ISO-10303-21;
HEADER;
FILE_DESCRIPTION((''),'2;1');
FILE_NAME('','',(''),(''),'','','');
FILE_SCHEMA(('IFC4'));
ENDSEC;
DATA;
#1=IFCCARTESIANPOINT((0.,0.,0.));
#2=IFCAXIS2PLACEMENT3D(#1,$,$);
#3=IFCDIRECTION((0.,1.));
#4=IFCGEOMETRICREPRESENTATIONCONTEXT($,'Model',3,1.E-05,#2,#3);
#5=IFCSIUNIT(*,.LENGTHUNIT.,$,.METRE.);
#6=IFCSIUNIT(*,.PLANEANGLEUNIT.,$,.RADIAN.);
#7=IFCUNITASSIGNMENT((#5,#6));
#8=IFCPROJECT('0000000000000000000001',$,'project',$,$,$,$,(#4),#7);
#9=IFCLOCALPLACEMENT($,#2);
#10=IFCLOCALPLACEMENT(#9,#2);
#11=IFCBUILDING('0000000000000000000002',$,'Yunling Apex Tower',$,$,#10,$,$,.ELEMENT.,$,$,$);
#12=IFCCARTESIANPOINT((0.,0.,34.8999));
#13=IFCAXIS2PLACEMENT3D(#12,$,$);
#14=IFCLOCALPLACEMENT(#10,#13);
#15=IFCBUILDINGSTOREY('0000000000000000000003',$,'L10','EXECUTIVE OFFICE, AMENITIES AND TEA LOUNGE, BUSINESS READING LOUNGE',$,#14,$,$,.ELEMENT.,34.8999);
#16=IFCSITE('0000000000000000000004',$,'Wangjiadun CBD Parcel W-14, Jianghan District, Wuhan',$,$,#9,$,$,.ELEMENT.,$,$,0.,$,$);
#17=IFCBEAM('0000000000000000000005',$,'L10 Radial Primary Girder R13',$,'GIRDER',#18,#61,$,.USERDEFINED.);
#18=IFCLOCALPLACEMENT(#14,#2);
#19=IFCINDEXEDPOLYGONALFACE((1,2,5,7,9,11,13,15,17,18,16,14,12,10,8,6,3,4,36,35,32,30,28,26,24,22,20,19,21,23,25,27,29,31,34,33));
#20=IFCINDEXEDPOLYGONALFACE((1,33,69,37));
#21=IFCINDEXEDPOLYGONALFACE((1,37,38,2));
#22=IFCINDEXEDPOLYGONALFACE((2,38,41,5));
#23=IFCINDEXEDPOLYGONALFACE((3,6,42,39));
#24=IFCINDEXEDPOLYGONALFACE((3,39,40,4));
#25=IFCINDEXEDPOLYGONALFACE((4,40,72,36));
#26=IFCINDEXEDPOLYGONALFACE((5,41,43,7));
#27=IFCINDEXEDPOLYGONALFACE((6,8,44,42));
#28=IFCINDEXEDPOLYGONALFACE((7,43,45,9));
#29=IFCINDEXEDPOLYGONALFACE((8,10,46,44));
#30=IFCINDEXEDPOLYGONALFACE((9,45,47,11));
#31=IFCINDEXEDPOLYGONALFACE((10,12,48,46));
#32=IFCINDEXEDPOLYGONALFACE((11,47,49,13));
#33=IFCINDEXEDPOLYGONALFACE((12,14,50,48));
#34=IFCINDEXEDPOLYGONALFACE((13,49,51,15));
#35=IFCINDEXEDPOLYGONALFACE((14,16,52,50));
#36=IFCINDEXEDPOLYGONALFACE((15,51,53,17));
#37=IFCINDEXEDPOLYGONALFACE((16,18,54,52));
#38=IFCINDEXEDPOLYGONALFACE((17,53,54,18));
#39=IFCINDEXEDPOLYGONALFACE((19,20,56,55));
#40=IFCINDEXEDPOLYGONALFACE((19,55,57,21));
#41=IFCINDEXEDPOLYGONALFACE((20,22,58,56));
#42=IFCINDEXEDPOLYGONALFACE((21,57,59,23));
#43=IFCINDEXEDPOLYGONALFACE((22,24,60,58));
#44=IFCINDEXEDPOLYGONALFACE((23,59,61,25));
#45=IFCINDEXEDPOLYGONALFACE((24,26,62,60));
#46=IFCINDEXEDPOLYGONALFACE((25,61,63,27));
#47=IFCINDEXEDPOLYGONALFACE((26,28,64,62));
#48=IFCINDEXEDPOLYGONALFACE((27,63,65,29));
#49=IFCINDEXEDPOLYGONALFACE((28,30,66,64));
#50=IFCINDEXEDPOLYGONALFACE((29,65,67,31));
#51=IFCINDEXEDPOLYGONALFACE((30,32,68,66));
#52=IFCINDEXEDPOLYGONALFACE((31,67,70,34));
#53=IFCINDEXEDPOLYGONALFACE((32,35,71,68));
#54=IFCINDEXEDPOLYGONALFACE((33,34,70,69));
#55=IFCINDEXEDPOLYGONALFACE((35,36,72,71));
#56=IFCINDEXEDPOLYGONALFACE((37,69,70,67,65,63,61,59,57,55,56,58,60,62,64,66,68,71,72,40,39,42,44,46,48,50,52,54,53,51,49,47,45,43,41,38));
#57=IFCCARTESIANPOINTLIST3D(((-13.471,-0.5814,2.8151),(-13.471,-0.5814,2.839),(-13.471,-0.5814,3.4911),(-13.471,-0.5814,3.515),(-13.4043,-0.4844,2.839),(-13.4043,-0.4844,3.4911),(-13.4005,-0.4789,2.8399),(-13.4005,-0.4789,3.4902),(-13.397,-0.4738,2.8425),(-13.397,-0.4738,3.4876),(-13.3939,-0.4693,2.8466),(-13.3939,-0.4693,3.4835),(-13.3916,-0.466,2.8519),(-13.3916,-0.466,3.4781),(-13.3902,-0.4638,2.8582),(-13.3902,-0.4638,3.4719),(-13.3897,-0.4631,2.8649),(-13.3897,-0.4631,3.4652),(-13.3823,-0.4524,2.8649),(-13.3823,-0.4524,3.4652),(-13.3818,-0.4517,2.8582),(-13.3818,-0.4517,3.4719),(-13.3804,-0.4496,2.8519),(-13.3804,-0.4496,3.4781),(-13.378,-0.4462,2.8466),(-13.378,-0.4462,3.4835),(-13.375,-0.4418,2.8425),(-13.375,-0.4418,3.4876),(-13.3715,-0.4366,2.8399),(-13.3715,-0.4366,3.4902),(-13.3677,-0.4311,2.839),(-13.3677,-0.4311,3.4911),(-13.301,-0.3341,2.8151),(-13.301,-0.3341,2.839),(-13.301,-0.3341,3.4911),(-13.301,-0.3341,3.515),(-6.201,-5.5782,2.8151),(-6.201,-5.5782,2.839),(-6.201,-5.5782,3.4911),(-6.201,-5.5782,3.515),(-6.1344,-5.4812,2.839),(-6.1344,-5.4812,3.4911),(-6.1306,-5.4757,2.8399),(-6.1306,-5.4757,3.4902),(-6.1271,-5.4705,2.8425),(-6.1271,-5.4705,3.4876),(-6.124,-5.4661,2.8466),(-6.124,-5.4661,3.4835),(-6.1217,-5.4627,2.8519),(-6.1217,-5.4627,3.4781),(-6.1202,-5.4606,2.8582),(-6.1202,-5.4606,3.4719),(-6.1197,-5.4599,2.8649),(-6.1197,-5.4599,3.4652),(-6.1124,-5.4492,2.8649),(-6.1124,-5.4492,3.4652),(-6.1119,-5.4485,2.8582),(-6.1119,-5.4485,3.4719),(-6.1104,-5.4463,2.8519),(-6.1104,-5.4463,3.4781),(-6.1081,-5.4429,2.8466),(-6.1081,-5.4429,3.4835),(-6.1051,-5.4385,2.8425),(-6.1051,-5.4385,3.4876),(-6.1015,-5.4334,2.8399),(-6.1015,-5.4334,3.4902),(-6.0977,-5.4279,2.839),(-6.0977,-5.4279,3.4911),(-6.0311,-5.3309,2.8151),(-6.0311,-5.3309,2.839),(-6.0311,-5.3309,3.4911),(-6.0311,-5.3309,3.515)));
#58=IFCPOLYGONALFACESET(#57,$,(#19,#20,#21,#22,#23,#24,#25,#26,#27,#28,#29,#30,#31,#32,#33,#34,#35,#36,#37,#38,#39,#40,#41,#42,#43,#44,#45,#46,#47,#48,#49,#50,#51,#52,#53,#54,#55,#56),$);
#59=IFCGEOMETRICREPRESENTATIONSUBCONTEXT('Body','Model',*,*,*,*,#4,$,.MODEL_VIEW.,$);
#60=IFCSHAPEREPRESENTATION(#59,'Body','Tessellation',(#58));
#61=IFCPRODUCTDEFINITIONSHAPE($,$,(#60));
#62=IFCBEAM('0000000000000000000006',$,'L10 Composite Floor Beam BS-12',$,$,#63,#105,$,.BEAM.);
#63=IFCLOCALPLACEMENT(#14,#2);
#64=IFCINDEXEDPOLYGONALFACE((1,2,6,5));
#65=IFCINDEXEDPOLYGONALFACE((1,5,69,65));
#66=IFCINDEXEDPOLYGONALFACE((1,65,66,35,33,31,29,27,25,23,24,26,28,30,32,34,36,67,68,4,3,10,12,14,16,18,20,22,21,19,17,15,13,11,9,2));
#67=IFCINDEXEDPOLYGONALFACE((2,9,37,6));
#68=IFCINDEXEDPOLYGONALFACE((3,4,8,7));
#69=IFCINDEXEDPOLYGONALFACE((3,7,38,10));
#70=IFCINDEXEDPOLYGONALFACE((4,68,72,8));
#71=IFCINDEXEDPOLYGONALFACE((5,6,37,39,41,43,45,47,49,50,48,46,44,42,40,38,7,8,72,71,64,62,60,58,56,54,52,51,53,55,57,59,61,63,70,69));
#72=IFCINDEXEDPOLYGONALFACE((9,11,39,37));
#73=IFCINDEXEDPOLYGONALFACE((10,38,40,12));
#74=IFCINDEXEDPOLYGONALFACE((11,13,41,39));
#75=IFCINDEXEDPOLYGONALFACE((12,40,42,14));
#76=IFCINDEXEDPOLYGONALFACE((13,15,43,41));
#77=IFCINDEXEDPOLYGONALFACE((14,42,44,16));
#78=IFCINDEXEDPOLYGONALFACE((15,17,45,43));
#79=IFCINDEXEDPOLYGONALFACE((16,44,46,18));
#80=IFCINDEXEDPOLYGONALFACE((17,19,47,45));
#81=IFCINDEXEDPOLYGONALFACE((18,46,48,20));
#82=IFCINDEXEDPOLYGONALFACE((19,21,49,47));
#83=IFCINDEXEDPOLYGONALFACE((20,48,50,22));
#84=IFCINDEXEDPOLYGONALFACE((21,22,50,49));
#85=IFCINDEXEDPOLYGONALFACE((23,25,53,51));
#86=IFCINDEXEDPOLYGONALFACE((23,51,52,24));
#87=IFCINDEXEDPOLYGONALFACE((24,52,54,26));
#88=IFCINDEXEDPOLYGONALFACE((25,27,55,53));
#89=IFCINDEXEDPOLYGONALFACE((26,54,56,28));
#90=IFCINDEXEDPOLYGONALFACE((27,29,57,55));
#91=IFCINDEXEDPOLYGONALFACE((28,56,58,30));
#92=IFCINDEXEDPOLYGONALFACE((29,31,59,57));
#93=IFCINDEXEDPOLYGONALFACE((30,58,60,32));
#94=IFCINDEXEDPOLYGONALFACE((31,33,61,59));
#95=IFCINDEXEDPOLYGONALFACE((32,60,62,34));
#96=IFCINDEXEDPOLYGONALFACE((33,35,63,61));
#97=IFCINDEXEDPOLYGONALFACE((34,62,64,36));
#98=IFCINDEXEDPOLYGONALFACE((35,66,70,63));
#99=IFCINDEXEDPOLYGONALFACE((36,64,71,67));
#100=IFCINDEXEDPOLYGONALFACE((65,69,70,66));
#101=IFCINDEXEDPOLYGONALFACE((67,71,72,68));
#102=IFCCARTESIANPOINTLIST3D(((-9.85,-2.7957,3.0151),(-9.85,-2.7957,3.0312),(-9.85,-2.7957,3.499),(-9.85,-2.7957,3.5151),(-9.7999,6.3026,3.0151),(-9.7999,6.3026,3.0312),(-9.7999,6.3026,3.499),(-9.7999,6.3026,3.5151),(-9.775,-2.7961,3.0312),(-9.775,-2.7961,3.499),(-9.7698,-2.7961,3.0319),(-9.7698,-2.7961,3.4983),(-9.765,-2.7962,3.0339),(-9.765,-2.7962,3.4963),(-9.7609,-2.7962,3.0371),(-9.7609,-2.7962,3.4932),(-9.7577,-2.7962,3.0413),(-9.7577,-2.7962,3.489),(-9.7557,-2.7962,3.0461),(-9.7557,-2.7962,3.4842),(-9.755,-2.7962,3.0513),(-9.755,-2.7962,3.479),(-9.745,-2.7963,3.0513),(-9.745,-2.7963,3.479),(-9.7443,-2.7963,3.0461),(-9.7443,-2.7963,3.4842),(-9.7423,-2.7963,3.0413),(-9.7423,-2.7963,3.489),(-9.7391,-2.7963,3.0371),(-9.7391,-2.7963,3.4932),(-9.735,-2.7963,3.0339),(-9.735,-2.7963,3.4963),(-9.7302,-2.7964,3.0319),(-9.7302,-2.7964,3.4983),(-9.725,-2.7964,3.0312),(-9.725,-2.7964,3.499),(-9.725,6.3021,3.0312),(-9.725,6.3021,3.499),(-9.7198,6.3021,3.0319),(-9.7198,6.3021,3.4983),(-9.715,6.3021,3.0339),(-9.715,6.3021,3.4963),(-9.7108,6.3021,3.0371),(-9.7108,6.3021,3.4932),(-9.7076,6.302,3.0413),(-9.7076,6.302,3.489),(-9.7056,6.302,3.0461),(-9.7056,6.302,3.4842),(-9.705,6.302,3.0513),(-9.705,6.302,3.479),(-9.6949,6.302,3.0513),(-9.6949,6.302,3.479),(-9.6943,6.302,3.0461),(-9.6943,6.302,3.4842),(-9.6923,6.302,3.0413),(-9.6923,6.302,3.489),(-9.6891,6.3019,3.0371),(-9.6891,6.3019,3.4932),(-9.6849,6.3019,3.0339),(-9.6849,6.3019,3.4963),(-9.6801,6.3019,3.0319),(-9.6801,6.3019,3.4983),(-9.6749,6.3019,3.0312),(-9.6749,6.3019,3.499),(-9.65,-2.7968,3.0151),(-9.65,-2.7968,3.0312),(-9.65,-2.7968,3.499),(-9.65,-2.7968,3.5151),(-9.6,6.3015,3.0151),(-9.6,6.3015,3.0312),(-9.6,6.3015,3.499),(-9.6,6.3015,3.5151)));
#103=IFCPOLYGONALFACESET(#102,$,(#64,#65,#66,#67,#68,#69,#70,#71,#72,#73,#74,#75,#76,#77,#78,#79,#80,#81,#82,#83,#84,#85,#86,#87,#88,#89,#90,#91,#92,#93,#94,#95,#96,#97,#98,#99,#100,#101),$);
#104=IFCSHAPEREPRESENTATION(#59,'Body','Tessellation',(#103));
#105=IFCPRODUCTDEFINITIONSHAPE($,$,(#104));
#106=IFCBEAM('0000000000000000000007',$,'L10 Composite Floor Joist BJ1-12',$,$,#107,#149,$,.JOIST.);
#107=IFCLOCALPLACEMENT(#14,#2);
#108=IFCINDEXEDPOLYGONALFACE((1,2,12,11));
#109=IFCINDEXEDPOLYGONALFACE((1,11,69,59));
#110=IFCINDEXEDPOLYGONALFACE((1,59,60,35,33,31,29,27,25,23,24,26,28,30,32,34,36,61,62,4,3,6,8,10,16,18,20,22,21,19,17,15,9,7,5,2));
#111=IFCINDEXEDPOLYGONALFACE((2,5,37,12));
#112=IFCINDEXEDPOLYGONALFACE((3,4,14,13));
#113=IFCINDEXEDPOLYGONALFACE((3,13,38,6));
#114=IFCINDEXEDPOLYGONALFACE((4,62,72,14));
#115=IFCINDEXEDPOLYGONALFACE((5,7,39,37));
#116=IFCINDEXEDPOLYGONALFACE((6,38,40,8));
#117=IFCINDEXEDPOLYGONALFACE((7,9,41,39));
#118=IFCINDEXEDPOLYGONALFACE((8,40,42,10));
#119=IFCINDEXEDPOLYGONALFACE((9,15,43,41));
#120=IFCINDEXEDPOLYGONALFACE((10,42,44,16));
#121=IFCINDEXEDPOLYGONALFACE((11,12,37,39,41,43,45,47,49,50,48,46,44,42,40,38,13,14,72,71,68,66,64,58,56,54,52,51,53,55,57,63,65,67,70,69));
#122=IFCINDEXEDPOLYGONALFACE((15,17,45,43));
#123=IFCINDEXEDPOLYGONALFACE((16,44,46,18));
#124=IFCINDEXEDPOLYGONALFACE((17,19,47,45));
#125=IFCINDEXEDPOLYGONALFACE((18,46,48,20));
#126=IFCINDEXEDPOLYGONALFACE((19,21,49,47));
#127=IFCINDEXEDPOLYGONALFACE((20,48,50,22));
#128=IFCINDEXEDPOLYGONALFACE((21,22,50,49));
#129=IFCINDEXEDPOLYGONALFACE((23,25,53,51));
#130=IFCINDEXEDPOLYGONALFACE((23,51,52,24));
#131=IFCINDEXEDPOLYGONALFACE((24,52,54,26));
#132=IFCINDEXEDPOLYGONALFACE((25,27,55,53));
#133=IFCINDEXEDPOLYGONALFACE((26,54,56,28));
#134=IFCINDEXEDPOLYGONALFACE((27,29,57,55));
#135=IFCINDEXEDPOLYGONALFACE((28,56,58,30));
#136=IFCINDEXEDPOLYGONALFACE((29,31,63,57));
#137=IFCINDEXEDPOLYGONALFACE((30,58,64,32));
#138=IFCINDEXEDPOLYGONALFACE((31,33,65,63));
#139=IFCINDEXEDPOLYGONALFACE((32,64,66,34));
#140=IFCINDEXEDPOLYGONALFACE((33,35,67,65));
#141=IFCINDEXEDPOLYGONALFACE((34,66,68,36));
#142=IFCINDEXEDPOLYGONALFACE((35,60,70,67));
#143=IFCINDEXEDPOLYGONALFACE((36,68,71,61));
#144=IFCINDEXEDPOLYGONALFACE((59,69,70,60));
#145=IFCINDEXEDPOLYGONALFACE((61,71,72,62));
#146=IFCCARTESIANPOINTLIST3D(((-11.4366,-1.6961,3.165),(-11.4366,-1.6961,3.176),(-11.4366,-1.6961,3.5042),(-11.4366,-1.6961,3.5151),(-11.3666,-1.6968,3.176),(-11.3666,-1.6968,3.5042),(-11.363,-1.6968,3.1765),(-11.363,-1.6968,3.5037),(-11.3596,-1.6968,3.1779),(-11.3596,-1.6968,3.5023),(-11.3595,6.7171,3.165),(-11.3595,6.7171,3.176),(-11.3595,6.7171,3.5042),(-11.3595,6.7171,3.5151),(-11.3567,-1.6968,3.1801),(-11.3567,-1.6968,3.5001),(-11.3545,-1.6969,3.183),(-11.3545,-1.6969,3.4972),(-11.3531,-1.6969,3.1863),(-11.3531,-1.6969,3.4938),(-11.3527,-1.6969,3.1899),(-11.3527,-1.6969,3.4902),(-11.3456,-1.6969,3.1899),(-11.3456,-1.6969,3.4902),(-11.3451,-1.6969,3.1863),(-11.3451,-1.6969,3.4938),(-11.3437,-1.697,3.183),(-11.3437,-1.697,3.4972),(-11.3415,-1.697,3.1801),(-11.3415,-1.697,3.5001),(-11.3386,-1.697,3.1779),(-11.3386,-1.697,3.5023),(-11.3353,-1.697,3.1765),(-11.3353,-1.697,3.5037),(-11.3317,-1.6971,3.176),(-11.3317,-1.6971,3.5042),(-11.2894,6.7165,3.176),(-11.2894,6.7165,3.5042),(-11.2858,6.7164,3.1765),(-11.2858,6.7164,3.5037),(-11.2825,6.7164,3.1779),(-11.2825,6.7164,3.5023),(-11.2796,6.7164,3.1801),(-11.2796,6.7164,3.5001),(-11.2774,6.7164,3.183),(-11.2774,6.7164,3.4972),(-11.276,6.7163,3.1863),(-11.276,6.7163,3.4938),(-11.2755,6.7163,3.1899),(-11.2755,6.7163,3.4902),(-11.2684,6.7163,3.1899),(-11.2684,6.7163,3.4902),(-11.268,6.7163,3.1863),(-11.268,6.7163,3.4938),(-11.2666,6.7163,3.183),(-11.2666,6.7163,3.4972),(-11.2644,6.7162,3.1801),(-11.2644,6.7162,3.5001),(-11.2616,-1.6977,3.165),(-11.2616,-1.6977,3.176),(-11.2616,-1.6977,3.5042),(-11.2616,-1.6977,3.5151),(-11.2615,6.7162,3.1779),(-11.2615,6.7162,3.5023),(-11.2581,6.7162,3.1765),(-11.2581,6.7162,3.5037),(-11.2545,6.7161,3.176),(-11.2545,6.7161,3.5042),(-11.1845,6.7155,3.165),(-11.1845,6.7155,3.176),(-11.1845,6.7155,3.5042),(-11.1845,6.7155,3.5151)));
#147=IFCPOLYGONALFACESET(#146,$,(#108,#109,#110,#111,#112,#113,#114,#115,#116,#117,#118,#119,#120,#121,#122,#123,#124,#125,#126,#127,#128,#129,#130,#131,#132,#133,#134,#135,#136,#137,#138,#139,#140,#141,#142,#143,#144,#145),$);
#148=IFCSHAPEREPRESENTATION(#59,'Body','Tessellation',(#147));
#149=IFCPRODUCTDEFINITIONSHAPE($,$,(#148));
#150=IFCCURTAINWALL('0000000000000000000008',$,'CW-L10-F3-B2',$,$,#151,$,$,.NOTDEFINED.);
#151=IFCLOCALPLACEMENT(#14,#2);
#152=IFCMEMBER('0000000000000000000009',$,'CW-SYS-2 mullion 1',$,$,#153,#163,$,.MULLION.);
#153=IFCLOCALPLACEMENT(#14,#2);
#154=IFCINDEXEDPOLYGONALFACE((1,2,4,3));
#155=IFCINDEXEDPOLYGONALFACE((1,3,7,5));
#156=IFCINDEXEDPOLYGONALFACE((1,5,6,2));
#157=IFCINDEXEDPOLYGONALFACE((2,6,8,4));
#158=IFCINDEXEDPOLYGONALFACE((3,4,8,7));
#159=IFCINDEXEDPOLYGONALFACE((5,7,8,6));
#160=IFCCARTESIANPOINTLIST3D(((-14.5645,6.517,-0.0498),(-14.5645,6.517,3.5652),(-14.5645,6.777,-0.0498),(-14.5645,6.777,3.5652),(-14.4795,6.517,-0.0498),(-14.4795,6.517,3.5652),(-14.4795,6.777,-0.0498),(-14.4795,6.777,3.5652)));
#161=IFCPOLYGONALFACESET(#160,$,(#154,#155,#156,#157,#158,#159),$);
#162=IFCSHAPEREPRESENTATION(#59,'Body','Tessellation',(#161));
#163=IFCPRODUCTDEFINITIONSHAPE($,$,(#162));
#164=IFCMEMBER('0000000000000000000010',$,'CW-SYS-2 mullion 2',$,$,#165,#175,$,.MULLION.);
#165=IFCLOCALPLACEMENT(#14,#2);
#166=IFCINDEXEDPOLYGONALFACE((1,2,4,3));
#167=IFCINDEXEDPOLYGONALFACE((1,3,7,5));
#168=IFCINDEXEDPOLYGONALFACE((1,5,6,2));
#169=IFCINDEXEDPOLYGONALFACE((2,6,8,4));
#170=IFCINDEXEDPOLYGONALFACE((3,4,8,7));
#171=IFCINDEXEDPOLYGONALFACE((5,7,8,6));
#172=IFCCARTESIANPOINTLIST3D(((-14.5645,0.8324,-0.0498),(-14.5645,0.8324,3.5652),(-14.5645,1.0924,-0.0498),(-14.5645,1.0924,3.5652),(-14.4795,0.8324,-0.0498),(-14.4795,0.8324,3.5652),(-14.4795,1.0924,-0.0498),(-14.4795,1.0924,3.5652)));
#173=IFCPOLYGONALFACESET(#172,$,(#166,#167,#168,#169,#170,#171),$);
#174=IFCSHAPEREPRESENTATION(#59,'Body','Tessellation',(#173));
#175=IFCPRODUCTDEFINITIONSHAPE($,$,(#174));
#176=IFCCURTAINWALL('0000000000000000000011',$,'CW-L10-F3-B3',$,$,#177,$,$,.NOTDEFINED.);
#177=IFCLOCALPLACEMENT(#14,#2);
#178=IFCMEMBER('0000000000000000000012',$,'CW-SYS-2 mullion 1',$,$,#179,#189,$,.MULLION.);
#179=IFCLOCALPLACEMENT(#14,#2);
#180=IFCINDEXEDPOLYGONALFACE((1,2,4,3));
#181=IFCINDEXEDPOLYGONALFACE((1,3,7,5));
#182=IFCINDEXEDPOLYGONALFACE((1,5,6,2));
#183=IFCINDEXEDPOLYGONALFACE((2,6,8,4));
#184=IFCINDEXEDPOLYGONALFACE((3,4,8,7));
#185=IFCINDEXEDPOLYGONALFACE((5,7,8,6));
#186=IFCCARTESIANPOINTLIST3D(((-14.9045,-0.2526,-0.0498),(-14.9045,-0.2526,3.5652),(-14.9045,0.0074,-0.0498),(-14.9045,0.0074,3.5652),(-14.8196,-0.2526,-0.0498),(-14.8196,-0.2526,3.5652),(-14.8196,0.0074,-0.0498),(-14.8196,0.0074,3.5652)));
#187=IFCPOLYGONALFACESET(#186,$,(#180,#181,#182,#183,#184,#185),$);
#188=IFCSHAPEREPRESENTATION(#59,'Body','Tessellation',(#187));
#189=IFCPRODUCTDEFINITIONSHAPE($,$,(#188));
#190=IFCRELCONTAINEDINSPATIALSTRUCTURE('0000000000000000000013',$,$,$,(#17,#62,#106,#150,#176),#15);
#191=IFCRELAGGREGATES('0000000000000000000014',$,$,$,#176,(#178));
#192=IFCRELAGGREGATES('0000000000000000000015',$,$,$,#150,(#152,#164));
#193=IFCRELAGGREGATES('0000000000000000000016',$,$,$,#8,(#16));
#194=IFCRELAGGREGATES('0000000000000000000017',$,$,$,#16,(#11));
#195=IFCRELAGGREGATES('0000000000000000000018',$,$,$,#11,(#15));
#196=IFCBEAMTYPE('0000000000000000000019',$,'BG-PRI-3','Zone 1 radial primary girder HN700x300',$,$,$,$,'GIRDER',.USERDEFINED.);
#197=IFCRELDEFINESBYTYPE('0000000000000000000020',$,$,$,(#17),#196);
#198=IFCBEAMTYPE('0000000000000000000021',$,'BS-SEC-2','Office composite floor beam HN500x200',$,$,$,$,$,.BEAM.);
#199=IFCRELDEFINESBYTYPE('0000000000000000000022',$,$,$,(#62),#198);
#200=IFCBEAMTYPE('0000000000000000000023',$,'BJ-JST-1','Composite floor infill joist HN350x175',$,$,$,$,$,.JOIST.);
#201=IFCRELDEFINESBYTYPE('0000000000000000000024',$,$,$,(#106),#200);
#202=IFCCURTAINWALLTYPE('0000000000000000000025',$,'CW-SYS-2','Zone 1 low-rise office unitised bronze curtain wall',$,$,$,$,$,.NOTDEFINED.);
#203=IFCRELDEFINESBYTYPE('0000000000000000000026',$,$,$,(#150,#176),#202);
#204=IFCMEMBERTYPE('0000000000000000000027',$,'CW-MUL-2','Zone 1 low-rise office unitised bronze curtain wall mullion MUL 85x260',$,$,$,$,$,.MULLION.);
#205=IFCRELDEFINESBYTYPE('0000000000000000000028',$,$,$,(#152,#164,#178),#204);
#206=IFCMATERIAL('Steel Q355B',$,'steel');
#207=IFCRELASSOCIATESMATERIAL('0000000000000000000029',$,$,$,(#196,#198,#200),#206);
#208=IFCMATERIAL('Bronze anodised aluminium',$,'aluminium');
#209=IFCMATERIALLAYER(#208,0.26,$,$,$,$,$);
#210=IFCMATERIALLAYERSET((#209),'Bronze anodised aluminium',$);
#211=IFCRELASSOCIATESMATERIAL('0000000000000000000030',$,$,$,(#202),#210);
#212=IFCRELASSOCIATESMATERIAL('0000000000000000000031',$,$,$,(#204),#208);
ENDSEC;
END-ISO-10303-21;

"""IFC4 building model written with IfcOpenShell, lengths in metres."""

from ifc_helpers import new_model, si_unit, direction, frame, origin, origin_2d, place, context, subcontext, project, spatial, rectangle, i_section, extrude, source, transform, mapped, material, layer, layer_set, material_profile, profile_set, type_object, element, aggregate, save


model = new_model("IFC4")

# Units and contexts
model_context = context("Model", 3, precision=1e-05, world=origin(), true_north=direction((0.0, 1.0)))
body_context = subcontext(model_context, "Body", "Model", "MODEL_VIEW")
ifc_project = project(units=[si_unit("LENGTHUNIT", "METRE"), si_unit("PLANEANGLEUNIT", "RADIAN")], contexts=[model_context])

# Site, building, storey
site_placement = place(None, origin())
site = spatial("IfcSite", under=ifc_project, at=site_placement, Name="Wangjiadun CBD Parcel W-14, Jianghan District, Wuhan", CompositionType="ELEMENT", RefElevation=0.0)
building_placement = place(site_placement, origin())
building = spatial("IfcBuilding", under=site, at=building_placement, Name="Yunling Apex Tower", CompositionType="ELEMENT")
storey_placement = place(building_placement, frame((0.0, 0.0, 34.8999)))
storey = spatial("IfcBuildingStorey", under=building, at=storey_placement, Name="L10", Description="EXECUTIVE OFFICE, AMENITIES AND TEA LOUNGE, BUSINESS READING LOUNGE", CompositionType="ELEMENT", Elevation=34.8999)

# Beams
ifc_material_1 = material(Name="Steel Q355B", Category="steel")
ifc_material_profile_1 = material_profile(ifc_material_1, i_section(OverallWidth=0.3, OverallDepth=0.7, WebThickness=0.0129, FlangeThickness=0.0239, FilletRadius=0.0259, at=origin_2d()))
ifc_profile_set_1 = profile_set([ifc_material_profile_1], Name="Steel Q355B")
beam_type_1 = type_object("IfcBeamType", Name="BG-PRI-3", Description="Zone 1 radial primary girder HN700x300", ElementType="GIRDER", PredefinedType="USERDEFINED", material=ifc_profile_set_1)
shared_shape_1 = source(origin(), body_context, "Body", "SweptSolid", [
    extrude(i_section(OverallWidth=0.3, OverallDepth=0.7, WebThickness=0.0129, FlangeThickness=0.0239, FilletRadius=0.0259, at=origin_2d()), origin(), (0.0, 0.0, 1.0), 8.8215),
])
beam_1_placement = place(storey_placement, frame((-13.386, -0.4578, 3.165), z_axis=(0.824111, -0.566428, 0.0), x_axis=(0.566428, 0.824111, 0.0)))
element("IfcBeam", 1, at=beam_1_placement, inside=storey, type_object=beam_type_1, Name="L10 Radial Primary Girder R13", ObjectType="GIRDER", PredefinedType="USERDEFINED", context=body_context, shape_type="MappedRepresentation", body=[
    mapped(shared_shape_1, transform((0.0, 0.0, 0.0), scale=1.0)),
])
ifc_material_profile_2 = material_profile(ifc_material_1, i_section(OverallWidth=0.2, OverallDepth=0.5, WebThickness=0.01, FlangeThickness=0.0161, FilletRadius=0.02, at=origin_2d()))
ifc_profile_set_2 = profile_set([ifc_material_profile_2], Name="Steel Q355B")
beam_type_2 = type_object("IfcBeamType", Name="BS-SEC-2", Description="Office composite floor beam HN500x200", PredefinedType="BEAM", material=ifc_profile_set_2)
shared_shape_2 = source(origin(), body_context, "Body", "SweptSolid", [
    extrude(i_section(OverallWidth=0.2, OverallDepth=0.5, WebThickness=0.01, FlangeThickness=0.0161, FilletRadius=0.02, at=origin_2d()), origin(), (0.0, 0.0, 1.0), 9.0984),
])
beam_2_placement = place(storey_placement, frame((-9.7, 6.302, 3.2651), z_axis=(-0.005501, -0.999985, 0.0), x_axis=(0.999985, -0.005501, 0.0)))
element("IfcBeam", 2, at=beam_2_placement, inside=storey, type_object=beam_type_2, Name="L10 Composite Floor Beam BS-12", PredefinedType="BEAM", context=body_context, shape_type="MappedRepresentation", body=[
    mapped(shared_shape_2, transform((0.0, 0.0, 0.0), scale=1.0)),
])
ifc_material_profile_3 = material_profile(ifc_material_1, i_section(OverallWidth=0.175, OverallDepth=0.3501, WebThickness=0.0071, FlangeThickness=0.011, FilletRadius=0.0139, at=origin_2d()))
ifc_profile_set_3 = profile_set([ifc_material_profile_3], Name="Steel Q355B")
beam_type_3 = type_object("IfcBeamType", Name="BJ-JST-1", Description="Composite floor infill joist HN350x175", PredefinedType="JOIST", material=ifc_profile_set_3)
shared_shape_3 = source(origin(), body_context, "Body", "SweptSolid", [
    extrude(i_section(OverallWidth=0.175, OverallDepth=0.3501, WebThickness=0.0071, FlangeThickness=0.011, FilletRadius=0.0139, at=origin_2d()), origin(), (0.0, 0.0, 1.0), 8.4136),
])
beam_3_placement = place(storey_placement, frame((-11.272, 6.7163, 3.3401), z_axis=(-0.009169, -0.999958, 0.0), x_axis=(0.999958, -0.009169, 0.0)))
element("IfcBeam", 3, at=beam_3_placement, inside=storey, type_object=beam_type_3, Name="L10 Composite Floor Joist BJ1-12", PredefinedType="JOIST", context=body_context, shape_type="MappedRepresentation", body=[
    mapped(shared_shape_3, transform((0.0, 0.0, 0.0), scale=1.0)),
])

# Curtain walls, members
ifc_material_2 = material(Name="Bronze anodised aluminium", Category="aluminium")
ifc_layer_1 = layer(ifc_material_2, 0.26)
ifc_layer_set_1 = layer_set([ifc_layer_1], Name="Bronze anodised aluminium")
curtain_wall_type = type_object("IfcCurtainWallType", Name="CW-SYS-2", Description="Zone 1 low-rise office unitised bronze curtain wall", PredefinedType="NOTDEFINED", material=ifc_layer_set_1)
curtain_wall_1_placement = place(storey_placement, origin())
curtain_wall_1 = element("IfcCurtainWall", 4, at=curtain_wall_1_placement, inside=storey, type_object=curtain_wall_type, Name="CW-L10-F3-B2", PredefinedType="NOTDEFINED")
ifc_material_profile_4 = material_profile(ifc_material_2, rectangle(XDim=0.085, YDim=0.26, at=origin_2d()))
ifc_profile_set_4 = profile_set([ifc_material_profile_4], Name="Bronze anodised aluminium")
member_type_1 = type_object("IfcMemberType", Name="CW-MUL-2", Description="Zone 1 low-rise office unitised bronze curtain wall mullion MUL 85x260", PredefinedType="MULLION", material=ifc_profile_set_4)
shared_shape_4 = source(origin(), body_context, "Body", "SweptSolid", [
    extrude(rectangle(XDim=0.085, YDim=0.26, at=origin_2d()), origin(), (0.0, 0.0, 1.0), 3.615),
])
member_1_placement = place(storey_placement, frame((-14.522, 6.647, -0.0498), z_axis=(0.0, 0.0, 1.0), x_axis=(1.0, 0.0, 0.0)))
member_1 = element("IfcMember", 5, at=member_1_placement, type_object=member_type_1, Name="CW-SYS-2 mullion 1", PredefinedType="MULLION", context=body_context, shape_type="MappedRepresentation", body=[
    mapped(shared_shape_4, transform((0.0, 0.0, 0.0), scale=1.0)),
])
member_2_placement = place(storey_placement, frame((-14.522, 0.9624, -0.0498), z_axis=(0.0, 0.0, 1.0), x_axis=(1.0, 0.0, 0.0)))
member_2 = element("IfcMember", 6, at=member_2_placement, type_object=member_type_1, Name="CW-SYS-2 mullion 2", PredefinedType="MULLION", context=body_context, shape_type="MappedRepresentation", body=[
    mapped(shared_shape_4, transform((0.0, 0.0, 0.0), scale=1.0)),
])
curtain_wall_2_placement = place(storey_placement, origin())
curtain_wall_2 = element("IfcCurtainWall", 7, at=curtain_wall_2_placement, inside=storey, type_object=curtain_wall_type, Name="CW-L10-F3-B3", PredefinedType="NOTDEFINED")
member_3_placement = place(storey_placement, frame((-14.8621, -0.1226, -0.0498), z_axis=(0.0, 0.0, 1.0), x_axis=(1.0, 0.0, 0.0)))
member_3 = element("IfcMember", 8, at=member_3_placement, type_object=member_type_1, Name="CW-SYS-2 mullion 1", PredefinedType="MULLION", context=body_context, shape_type="MappedRepresentation", body=[
    mapped(shared_shape_4, transform((0.0, 0.0, 0.0), scale=1.0)),
])
aggregate(curtain_wall_2, [member_3])

aggregate(curtain_wall_1, [member_1, member_2])

save(model, "model.ifc")
